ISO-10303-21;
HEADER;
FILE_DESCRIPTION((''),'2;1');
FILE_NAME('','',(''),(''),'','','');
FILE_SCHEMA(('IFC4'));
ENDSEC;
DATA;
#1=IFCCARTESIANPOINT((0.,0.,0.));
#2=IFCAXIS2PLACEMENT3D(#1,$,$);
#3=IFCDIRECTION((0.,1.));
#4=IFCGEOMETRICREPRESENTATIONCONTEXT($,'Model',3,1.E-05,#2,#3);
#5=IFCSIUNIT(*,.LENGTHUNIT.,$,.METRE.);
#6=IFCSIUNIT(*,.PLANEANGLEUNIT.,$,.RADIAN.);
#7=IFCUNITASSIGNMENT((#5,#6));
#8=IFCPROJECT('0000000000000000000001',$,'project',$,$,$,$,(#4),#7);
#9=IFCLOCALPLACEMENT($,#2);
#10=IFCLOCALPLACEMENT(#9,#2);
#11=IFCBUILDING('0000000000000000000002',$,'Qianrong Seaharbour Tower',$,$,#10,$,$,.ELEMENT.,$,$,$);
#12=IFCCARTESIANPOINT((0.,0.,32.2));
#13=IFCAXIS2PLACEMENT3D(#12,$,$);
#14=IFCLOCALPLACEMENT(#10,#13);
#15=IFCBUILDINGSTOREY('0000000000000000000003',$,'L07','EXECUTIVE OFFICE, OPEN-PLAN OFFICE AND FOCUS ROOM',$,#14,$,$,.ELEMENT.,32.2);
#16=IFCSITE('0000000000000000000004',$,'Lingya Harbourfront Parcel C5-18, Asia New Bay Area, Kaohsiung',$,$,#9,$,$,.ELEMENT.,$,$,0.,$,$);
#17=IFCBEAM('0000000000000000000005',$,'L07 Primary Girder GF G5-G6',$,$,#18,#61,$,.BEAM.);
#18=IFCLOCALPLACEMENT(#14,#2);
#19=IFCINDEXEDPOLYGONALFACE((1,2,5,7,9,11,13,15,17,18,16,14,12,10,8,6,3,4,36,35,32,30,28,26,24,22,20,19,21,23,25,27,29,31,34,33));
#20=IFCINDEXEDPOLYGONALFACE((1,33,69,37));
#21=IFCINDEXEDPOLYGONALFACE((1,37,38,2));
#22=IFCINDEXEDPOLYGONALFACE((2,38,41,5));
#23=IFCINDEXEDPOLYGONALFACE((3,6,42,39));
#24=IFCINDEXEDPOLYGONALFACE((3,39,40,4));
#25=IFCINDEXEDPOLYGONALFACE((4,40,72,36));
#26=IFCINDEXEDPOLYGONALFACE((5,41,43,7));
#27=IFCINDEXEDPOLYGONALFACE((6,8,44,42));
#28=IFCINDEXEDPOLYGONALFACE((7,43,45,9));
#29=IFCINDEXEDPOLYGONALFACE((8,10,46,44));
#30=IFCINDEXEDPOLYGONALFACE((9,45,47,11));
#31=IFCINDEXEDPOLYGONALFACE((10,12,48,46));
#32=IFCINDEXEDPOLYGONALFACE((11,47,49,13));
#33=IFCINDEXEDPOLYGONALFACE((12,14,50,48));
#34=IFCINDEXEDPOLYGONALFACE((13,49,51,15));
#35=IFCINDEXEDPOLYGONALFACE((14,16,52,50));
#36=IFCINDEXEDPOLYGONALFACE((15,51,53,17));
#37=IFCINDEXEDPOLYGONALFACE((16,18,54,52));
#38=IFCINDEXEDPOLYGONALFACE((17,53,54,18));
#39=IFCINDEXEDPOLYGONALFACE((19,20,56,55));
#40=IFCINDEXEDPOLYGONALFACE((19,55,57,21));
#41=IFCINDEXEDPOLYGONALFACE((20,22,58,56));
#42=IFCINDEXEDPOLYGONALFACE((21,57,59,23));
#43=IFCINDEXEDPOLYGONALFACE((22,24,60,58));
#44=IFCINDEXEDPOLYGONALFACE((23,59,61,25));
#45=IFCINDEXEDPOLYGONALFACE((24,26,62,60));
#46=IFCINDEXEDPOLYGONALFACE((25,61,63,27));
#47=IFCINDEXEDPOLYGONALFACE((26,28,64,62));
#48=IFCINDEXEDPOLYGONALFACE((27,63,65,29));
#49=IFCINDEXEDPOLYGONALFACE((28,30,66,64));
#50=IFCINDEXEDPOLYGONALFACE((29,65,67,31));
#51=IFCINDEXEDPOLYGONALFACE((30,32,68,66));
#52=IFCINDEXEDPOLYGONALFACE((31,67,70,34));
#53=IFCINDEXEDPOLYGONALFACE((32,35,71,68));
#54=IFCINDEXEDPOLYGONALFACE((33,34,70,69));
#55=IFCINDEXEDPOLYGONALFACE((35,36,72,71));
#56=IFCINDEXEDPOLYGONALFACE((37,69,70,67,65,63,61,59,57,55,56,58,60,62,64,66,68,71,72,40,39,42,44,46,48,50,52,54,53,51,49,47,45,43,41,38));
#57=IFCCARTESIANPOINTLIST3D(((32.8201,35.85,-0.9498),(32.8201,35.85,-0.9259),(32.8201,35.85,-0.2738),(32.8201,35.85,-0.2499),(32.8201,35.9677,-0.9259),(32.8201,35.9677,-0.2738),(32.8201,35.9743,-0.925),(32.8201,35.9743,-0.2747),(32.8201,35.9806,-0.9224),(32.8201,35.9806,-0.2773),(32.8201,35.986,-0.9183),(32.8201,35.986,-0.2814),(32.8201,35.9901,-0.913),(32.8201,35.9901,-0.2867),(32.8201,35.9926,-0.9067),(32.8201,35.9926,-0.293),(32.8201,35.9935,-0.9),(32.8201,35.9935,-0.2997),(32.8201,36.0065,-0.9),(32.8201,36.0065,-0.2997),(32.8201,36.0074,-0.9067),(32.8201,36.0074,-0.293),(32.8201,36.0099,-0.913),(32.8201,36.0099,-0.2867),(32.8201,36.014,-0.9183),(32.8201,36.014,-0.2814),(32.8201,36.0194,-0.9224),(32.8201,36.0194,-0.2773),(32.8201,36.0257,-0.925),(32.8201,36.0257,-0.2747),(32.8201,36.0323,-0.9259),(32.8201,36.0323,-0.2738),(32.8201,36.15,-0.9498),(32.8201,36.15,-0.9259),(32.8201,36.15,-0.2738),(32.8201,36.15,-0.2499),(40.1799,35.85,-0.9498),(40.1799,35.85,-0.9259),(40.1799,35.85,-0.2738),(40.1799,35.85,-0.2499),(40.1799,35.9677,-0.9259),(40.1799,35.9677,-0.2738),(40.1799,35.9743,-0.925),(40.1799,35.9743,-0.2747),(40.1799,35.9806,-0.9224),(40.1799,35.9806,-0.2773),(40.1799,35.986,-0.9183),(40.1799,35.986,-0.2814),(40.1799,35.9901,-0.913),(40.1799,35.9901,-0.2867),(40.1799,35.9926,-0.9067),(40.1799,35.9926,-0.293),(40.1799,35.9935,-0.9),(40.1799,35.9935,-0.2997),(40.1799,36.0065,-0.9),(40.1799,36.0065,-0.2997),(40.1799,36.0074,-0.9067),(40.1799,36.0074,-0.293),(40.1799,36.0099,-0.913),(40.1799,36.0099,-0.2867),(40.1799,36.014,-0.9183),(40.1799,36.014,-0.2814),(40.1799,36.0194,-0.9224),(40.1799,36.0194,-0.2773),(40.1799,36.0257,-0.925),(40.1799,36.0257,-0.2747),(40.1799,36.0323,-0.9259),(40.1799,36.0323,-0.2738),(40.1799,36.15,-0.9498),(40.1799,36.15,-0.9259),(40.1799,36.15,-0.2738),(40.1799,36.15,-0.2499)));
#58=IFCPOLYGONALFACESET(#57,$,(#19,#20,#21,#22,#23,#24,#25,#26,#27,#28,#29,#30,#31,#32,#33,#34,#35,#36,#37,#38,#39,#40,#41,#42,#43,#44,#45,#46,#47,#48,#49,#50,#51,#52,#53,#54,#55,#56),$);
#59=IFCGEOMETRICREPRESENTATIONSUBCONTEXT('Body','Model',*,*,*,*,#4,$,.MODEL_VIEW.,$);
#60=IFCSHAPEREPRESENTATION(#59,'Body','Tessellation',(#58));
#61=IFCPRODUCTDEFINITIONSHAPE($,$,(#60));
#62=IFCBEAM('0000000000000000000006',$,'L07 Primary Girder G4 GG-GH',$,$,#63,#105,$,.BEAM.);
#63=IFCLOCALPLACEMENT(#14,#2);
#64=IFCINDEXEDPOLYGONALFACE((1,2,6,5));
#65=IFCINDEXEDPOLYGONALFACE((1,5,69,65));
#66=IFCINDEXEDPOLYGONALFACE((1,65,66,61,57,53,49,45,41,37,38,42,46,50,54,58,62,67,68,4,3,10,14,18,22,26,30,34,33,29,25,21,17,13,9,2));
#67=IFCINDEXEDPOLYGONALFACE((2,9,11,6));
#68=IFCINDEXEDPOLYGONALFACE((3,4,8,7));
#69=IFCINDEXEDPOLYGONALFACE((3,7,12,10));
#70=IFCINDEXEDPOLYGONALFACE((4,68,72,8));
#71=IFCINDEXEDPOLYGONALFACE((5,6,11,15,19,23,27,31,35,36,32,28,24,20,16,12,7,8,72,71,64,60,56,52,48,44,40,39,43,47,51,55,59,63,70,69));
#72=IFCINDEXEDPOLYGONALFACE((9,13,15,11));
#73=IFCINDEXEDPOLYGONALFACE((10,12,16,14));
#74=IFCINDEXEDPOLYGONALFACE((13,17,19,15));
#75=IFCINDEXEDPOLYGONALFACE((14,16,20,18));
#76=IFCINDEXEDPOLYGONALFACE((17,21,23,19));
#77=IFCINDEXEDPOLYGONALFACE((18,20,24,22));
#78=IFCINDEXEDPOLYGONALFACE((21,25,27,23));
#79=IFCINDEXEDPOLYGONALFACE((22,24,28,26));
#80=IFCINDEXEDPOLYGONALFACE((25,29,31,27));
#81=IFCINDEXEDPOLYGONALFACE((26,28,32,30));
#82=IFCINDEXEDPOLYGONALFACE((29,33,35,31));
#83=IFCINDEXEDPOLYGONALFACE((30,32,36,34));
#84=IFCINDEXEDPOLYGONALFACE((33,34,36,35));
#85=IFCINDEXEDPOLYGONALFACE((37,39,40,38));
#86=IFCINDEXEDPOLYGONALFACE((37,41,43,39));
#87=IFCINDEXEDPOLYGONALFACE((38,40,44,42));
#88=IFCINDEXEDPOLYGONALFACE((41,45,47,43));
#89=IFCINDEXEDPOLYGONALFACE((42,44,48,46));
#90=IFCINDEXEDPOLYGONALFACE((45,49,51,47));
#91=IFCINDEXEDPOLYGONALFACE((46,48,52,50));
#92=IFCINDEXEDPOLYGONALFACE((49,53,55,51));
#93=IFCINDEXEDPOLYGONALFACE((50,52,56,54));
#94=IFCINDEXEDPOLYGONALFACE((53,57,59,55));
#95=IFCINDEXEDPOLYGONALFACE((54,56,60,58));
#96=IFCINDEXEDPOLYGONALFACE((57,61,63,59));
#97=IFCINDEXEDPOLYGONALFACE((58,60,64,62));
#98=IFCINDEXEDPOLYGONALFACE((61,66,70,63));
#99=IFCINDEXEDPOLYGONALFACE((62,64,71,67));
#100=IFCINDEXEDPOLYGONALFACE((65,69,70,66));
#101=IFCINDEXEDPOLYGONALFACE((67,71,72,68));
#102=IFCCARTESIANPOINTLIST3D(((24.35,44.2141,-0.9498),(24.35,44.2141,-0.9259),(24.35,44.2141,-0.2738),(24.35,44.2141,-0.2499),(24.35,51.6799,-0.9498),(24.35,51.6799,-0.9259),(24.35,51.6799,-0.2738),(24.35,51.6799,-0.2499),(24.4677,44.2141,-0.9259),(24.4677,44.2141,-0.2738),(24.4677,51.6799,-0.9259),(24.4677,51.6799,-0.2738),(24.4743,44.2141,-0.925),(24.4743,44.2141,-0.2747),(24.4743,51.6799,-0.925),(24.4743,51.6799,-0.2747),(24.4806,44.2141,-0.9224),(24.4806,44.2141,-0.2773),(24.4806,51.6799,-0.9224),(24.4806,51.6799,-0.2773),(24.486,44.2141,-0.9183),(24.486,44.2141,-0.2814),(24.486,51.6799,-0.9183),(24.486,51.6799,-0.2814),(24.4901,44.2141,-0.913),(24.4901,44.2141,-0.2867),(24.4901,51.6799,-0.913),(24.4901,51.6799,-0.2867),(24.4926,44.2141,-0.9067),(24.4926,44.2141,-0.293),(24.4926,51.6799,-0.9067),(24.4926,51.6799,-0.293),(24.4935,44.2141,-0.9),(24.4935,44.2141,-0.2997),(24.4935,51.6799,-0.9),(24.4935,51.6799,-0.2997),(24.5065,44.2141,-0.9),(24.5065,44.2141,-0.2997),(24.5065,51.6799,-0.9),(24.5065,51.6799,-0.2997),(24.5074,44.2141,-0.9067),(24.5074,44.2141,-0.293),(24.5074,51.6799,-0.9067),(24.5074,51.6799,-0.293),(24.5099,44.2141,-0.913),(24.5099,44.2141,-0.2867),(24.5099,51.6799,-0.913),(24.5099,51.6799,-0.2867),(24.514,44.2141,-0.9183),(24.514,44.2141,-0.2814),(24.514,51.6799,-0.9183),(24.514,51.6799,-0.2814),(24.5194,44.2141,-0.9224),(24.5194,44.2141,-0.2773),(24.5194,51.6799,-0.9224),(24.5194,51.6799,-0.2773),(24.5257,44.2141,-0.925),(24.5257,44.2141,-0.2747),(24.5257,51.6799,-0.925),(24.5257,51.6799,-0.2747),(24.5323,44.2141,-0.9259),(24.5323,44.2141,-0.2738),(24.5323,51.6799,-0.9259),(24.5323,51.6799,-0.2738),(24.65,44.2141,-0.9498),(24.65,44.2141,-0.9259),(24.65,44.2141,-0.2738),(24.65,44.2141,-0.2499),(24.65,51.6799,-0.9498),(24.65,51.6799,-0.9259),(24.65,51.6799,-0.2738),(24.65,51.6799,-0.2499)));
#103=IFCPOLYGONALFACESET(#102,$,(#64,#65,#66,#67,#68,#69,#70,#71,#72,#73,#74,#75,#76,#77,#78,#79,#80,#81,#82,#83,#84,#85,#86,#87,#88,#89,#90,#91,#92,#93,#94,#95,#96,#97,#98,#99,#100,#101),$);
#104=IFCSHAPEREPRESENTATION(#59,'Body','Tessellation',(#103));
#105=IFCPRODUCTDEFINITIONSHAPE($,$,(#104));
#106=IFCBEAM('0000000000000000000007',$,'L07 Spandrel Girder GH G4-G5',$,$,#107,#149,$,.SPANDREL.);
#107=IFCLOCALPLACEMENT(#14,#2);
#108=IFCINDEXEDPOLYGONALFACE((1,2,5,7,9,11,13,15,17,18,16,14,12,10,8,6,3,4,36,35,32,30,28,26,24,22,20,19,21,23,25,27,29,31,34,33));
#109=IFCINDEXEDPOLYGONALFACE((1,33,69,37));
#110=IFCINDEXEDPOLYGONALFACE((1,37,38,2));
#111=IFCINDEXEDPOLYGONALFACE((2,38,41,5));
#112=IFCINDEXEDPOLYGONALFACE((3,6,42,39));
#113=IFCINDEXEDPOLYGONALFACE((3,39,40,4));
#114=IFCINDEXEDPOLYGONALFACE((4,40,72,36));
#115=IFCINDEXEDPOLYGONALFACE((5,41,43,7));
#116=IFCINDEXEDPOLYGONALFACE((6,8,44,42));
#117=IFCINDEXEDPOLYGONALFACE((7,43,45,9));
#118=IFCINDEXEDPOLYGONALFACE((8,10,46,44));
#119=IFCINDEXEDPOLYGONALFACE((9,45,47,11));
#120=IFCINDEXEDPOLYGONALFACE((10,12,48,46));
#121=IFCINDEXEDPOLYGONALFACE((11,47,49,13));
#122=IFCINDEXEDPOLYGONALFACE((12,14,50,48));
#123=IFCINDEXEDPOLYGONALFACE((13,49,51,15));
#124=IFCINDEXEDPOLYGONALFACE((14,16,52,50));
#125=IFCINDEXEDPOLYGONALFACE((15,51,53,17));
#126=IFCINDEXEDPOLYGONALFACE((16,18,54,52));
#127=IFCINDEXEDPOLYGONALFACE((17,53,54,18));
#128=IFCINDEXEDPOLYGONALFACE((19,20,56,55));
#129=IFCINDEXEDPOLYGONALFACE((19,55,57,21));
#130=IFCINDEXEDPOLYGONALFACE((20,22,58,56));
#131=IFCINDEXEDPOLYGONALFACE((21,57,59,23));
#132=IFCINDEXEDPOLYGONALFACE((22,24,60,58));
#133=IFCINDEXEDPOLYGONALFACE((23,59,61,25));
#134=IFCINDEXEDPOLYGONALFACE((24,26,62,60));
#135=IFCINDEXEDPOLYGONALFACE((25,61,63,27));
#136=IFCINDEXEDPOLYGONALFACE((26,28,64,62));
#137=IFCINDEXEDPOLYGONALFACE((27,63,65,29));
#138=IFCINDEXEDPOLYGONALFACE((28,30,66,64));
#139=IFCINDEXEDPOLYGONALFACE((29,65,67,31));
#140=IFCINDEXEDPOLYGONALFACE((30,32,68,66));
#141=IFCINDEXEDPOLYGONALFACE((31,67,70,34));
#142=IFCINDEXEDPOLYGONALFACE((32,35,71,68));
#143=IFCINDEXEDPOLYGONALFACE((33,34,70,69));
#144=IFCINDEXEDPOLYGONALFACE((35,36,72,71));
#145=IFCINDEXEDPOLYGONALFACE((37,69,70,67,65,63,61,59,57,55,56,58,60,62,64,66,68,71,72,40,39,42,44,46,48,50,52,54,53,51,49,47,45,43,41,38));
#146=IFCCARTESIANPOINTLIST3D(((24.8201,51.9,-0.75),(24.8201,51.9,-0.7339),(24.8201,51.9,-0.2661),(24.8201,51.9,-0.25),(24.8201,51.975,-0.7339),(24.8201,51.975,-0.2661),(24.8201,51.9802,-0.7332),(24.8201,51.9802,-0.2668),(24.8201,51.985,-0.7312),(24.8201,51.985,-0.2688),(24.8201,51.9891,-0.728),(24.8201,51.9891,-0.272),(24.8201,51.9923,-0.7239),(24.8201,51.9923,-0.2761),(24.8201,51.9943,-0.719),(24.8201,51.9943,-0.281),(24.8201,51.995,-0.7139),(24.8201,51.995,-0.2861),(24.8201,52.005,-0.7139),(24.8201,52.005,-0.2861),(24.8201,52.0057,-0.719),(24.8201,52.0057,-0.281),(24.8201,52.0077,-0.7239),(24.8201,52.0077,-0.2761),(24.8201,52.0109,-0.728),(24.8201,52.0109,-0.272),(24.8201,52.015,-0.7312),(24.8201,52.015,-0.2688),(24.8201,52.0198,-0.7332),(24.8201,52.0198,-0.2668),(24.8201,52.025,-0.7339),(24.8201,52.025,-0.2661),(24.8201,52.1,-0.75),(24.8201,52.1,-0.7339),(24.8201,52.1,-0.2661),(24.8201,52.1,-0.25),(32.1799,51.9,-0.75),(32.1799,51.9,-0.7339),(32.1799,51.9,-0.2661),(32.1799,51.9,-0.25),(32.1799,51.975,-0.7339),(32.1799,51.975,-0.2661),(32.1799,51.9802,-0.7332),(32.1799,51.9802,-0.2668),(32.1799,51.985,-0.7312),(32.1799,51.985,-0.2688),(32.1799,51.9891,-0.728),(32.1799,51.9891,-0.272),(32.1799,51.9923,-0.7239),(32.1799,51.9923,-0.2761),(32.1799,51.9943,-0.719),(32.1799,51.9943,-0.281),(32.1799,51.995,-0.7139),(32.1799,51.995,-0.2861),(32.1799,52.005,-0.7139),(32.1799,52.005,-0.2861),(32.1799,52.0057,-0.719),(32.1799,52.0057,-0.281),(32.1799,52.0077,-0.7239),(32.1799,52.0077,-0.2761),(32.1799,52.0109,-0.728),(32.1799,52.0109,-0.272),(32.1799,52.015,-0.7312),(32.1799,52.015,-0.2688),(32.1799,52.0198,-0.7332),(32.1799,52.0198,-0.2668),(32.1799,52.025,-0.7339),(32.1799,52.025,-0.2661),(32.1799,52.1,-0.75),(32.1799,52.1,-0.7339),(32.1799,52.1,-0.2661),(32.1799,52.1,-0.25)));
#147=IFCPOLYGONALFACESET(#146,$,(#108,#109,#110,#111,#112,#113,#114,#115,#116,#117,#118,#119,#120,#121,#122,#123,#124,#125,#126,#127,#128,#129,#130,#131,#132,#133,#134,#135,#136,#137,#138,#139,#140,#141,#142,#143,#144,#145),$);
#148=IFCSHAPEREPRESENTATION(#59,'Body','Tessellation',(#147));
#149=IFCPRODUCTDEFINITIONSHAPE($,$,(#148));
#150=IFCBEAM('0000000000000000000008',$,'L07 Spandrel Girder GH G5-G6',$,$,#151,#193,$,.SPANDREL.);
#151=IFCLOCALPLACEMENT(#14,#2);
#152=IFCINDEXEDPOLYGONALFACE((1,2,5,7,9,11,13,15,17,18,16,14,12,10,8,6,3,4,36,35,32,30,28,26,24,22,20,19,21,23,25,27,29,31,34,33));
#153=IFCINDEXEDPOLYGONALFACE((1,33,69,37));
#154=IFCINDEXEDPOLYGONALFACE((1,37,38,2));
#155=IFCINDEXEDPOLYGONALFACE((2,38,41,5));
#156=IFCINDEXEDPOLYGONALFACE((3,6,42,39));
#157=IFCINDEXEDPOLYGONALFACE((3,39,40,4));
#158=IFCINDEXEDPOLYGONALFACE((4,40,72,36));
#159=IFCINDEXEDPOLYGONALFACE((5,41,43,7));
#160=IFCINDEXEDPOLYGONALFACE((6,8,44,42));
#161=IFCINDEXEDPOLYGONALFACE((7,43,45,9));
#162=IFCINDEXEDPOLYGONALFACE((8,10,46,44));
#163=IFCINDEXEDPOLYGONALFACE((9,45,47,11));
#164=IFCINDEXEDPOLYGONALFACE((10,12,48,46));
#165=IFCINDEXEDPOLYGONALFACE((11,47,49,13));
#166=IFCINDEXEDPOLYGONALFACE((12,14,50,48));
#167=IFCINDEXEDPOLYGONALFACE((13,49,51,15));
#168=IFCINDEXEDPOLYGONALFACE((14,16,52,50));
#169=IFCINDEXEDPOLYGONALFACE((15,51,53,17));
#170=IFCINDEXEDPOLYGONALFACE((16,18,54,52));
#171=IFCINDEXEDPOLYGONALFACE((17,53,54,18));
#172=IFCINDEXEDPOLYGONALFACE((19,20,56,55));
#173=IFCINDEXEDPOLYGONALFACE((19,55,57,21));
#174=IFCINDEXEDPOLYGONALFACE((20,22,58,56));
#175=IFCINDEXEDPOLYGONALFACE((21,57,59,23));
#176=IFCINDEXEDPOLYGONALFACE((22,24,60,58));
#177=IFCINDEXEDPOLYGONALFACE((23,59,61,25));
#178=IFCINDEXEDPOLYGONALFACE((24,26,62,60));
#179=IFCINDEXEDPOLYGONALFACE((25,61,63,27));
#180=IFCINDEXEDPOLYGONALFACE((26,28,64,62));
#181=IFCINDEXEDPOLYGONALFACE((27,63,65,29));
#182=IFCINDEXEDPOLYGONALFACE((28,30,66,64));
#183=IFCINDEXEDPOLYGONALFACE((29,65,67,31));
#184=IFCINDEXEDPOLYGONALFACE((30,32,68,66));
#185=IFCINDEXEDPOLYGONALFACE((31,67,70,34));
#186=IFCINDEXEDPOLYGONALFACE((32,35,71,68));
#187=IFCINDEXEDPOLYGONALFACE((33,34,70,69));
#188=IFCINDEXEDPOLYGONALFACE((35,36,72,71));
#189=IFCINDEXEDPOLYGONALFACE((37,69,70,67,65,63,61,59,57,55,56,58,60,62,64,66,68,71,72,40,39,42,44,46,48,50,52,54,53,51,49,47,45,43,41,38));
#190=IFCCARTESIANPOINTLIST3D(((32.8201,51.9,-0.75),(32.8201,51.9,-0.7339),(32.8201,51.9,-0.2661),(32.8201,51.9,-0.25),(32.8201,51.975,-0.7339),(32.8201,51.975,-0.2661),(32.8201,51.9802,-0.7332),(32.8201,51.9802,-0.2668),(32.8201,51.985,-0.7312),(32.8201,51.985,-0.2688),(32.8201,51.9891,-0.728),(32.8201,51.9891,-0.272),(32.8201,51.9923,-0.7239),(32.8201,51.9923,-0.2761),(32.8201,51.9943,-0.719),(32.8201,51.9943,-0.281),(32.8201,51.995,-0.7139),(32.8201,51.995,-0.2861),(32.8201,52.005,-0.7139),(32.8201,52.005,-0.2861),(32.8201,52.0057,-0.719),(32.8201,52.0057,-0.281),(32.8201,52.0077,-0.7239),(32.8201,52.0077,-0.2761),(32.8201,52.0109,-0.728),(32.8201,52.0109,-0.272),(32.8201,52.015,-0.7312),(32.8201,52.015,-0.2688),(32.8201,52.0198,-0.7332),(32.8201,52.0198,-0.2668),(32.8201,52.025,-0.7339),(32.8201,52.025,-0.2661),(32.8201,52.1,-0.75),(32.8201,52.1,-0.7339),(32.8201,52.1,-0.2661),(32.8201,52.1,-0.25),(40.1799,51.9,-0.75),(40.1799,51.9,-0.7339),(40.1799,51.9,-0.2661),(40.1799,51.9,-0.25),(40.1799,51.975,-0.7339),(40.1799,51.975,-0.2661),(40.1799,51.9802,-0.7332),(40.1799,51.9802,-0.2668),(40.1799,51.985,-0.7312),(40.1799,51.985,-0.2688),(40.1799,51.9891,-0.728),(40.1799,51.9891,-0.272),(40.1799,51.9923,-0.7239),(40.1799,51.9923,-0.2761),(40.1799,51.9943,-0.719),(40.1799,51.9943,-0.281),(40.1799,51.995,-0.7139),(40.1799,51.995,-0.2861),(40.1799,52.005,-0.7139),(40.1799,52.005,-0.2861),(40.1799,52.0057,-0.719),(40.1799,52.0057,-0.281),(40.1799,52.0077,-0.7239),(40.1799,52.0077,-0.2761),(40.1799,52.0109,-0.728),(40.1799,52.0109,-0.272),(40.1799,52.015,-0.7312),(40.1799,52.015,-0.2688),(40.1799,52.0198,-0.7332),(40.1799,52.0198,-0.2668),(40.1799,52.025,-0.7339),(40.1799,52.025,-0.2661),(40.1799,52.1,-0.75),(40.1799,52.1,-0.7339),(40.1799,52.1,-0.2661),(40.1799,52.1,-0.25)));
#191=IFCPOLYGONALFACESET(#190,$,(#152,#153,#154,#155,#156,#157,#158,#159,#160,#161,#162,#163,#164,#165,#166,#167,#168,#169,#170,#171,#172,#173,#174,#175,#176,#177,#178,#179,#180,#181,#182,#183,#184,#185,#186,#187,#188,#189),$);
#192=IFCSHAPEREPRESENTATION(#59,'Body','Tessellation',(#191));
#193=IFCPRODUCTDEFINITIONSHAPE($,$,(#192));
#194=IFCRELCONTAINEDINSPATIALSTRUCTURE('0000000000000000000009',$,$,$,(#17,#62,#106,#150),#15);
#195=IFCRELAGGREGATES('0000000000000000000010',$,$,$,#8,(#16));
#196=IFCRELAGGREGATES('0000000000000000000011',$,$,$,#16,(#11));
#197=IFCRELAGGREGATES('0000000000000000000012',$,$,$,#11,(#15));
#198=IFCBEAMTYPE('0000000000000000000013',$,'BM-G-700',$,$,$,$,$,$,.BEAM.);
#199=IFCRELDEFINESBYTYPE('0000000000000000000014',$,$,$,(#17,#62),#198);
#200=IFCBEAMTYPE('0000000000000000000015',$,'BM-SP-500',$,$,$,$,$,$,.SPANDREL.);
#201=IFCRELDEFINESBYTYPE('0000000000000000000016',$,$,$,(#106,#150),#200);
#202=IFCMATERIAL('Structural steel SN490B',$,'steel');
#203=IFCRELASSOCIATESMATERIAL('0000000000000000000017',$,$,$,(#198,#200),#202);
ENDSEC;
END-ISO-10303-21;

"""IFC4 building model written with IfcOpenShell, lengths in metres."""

from ifc_helpers import new_model, si_unit, direction, frame, origin, origin_2d, place, context, subcontext, project, spatial, i_section, extrude, material, material_profile, profile_set, type_object, element, save


model = new_model("IFC4")

# Units and contexts
model_context = context("Model", 3, precision=1e-05, world=origin(), true_north=direction((0.0, 1.0)))
body_context = subcontext(model_context, "Body", "Model", "MODEL_VIEW")
ifc_project = project(units=[si_unit("LENGTHUNIT", "METRE"), si_unit("PLANEANGLEUNIT", "RADIAN")], contexts=[model_context])

# Site, building, storey
site_placement = place(None, origin())
site = spatial("IfcSite", under=ifc_project, at=site_placement, Name="Lingya Harbourfront Parcel C5-18, Asia New Bay Area, Kaohsiung", CompositionType="ELEMENT", RefElevation=0.0)
building_placement = place(site_placement, origin())
building = spatial("IfcBuilding", under=site, at=building_placement, Name="Qianrong Seaharbour Tower", CompositionType="ELEMENT")
storey_placement = place(building_placement, frame((0.0, 0.0, 32.2)))
storey = spatial("IfcBuildingStorey", under=building, at=storey_placement, Name="L07", Description="EXECUTIVE OFFICE, OPEN-PLAN OFFICE AND FOCUS ROOM", CompositionType="ELEMENT", Elevation=32.2)

# Shared definitions
ifc_material_1 = material(Name="Structural steel SN490B", Category="steel")

# Beams
ifc_material_profile_1 = material_profile(ifc_material_1, i_section(OverallWidth=0.3, OverallDepth=0.7, WebThickness=0.0129, FlangeThickness=0.0239, FilletRadius=0.0259, at=origin_2d()), Name="H700x300x13x24")
ifc_profile_set_1 = profile_set([ifc_material_profile_1], Name="Structural steel SN490B")
beam_type_1 = type_object("IfcBeamType", Name="BM-G-700", PredefinedType="BEAM", material=ifc_profile_set_1)
beam_1_placement = place(storey_placement, frame((32.8201, 36.0, -0.5999), z_axis=(1.0, 0.0, 0.0), x_axis=(0.0, 1.0, 0.0)))
element("IfcBeam", 1, at=beam_1_placement, inside=storey, type_object=beam_type_1, Name="L07 Primary Girder GF G5-G6", PredefinedType="BEAM", context=body_context, shape_type="SweptSolid", body=[
    extrude(i_section(OverallWidth=0.3, OverallDepth=0.7, WebThickness=0.0129, FlangeThickness=0.0239, FilletRadius=0.0259, at=origin_2d()), origin(), (0.0, 0.0, 1.0), 7.3599),
])
beam_2_placement = place(storey_placement, frame((24.5, 44.2141, -0.5999), z_axis=(0.0, 1.0, 0.0), x_axis=(-1.0, 0.0, 0.0)))
element("IfcBeam", 2, at=beam_2_placement, inside=storey, type_object=beam_type_1, Name="L07 Primary Girder G4 GG-GH", PredefinedType="BEAM", context=body_context, shape_type="SweptSolid", body=[
    extrude(i_section(OverallWidth=0.3, OverallDepth=0.7, WebThickness=0.0129, FlangeThickness=0.0239, FilletRadius=0.0259, at=origin_2d()), origin(), (0.0, 0.0, 1.0), 7.4658),
])
ifc_material_profile_2 = material_profile(ifc_material_1, i_section(OverallWidth=0.2, OverallDepth=0.5, WebThickness=0.01, FlangeThickness=0.0161, FilletRadius=0.02, at=origin_2d()), Name="H500x200x10x16")
ifc_profile_set_2 = profile_set([ifc_material_profile_2], Name="Structural steel SN490B")
beam_type_2 = type_object("IfcBeamType", Name="BM-SP-500", PredefinedType="SPANDREL", material=ifc_profile_set_2)
for number, where, z_axis, x_axis, name in (
    (3, (24.8201, 52.0, -0.5), (1.0, 0.0, 0.0), (0.0, 1.0, 0.0), "L07 Spandrel Girder GH G4-G5"),
    (4, (32.8201, 52.0, -0.5), (1.0, 0.0, 0.0), (0.0, 1.0, 0.0), "L07 Spandrel Girder GH G5-G6"),
):
    element("IfcBeam", number, at=place(storey_placement, frame(where, z_axis=z_axis, x_axis=x_axis)), inside=storey, type_object=beam_type_2, Name=name, PredefinedType="SPANDREL", context=body_context, shape_type="SweptSolid", body=[
        extrude(i_section(OverallWidth=0.2, OverallDepth=0.5, WebThickness=0.01, FlangeThickness=0.0161, FilletRadius=0.02, at=origin_2d()), origin(), (0.0, 0.0, 1.0), 7.3599),
    ])

save(model, "model.ifc")
